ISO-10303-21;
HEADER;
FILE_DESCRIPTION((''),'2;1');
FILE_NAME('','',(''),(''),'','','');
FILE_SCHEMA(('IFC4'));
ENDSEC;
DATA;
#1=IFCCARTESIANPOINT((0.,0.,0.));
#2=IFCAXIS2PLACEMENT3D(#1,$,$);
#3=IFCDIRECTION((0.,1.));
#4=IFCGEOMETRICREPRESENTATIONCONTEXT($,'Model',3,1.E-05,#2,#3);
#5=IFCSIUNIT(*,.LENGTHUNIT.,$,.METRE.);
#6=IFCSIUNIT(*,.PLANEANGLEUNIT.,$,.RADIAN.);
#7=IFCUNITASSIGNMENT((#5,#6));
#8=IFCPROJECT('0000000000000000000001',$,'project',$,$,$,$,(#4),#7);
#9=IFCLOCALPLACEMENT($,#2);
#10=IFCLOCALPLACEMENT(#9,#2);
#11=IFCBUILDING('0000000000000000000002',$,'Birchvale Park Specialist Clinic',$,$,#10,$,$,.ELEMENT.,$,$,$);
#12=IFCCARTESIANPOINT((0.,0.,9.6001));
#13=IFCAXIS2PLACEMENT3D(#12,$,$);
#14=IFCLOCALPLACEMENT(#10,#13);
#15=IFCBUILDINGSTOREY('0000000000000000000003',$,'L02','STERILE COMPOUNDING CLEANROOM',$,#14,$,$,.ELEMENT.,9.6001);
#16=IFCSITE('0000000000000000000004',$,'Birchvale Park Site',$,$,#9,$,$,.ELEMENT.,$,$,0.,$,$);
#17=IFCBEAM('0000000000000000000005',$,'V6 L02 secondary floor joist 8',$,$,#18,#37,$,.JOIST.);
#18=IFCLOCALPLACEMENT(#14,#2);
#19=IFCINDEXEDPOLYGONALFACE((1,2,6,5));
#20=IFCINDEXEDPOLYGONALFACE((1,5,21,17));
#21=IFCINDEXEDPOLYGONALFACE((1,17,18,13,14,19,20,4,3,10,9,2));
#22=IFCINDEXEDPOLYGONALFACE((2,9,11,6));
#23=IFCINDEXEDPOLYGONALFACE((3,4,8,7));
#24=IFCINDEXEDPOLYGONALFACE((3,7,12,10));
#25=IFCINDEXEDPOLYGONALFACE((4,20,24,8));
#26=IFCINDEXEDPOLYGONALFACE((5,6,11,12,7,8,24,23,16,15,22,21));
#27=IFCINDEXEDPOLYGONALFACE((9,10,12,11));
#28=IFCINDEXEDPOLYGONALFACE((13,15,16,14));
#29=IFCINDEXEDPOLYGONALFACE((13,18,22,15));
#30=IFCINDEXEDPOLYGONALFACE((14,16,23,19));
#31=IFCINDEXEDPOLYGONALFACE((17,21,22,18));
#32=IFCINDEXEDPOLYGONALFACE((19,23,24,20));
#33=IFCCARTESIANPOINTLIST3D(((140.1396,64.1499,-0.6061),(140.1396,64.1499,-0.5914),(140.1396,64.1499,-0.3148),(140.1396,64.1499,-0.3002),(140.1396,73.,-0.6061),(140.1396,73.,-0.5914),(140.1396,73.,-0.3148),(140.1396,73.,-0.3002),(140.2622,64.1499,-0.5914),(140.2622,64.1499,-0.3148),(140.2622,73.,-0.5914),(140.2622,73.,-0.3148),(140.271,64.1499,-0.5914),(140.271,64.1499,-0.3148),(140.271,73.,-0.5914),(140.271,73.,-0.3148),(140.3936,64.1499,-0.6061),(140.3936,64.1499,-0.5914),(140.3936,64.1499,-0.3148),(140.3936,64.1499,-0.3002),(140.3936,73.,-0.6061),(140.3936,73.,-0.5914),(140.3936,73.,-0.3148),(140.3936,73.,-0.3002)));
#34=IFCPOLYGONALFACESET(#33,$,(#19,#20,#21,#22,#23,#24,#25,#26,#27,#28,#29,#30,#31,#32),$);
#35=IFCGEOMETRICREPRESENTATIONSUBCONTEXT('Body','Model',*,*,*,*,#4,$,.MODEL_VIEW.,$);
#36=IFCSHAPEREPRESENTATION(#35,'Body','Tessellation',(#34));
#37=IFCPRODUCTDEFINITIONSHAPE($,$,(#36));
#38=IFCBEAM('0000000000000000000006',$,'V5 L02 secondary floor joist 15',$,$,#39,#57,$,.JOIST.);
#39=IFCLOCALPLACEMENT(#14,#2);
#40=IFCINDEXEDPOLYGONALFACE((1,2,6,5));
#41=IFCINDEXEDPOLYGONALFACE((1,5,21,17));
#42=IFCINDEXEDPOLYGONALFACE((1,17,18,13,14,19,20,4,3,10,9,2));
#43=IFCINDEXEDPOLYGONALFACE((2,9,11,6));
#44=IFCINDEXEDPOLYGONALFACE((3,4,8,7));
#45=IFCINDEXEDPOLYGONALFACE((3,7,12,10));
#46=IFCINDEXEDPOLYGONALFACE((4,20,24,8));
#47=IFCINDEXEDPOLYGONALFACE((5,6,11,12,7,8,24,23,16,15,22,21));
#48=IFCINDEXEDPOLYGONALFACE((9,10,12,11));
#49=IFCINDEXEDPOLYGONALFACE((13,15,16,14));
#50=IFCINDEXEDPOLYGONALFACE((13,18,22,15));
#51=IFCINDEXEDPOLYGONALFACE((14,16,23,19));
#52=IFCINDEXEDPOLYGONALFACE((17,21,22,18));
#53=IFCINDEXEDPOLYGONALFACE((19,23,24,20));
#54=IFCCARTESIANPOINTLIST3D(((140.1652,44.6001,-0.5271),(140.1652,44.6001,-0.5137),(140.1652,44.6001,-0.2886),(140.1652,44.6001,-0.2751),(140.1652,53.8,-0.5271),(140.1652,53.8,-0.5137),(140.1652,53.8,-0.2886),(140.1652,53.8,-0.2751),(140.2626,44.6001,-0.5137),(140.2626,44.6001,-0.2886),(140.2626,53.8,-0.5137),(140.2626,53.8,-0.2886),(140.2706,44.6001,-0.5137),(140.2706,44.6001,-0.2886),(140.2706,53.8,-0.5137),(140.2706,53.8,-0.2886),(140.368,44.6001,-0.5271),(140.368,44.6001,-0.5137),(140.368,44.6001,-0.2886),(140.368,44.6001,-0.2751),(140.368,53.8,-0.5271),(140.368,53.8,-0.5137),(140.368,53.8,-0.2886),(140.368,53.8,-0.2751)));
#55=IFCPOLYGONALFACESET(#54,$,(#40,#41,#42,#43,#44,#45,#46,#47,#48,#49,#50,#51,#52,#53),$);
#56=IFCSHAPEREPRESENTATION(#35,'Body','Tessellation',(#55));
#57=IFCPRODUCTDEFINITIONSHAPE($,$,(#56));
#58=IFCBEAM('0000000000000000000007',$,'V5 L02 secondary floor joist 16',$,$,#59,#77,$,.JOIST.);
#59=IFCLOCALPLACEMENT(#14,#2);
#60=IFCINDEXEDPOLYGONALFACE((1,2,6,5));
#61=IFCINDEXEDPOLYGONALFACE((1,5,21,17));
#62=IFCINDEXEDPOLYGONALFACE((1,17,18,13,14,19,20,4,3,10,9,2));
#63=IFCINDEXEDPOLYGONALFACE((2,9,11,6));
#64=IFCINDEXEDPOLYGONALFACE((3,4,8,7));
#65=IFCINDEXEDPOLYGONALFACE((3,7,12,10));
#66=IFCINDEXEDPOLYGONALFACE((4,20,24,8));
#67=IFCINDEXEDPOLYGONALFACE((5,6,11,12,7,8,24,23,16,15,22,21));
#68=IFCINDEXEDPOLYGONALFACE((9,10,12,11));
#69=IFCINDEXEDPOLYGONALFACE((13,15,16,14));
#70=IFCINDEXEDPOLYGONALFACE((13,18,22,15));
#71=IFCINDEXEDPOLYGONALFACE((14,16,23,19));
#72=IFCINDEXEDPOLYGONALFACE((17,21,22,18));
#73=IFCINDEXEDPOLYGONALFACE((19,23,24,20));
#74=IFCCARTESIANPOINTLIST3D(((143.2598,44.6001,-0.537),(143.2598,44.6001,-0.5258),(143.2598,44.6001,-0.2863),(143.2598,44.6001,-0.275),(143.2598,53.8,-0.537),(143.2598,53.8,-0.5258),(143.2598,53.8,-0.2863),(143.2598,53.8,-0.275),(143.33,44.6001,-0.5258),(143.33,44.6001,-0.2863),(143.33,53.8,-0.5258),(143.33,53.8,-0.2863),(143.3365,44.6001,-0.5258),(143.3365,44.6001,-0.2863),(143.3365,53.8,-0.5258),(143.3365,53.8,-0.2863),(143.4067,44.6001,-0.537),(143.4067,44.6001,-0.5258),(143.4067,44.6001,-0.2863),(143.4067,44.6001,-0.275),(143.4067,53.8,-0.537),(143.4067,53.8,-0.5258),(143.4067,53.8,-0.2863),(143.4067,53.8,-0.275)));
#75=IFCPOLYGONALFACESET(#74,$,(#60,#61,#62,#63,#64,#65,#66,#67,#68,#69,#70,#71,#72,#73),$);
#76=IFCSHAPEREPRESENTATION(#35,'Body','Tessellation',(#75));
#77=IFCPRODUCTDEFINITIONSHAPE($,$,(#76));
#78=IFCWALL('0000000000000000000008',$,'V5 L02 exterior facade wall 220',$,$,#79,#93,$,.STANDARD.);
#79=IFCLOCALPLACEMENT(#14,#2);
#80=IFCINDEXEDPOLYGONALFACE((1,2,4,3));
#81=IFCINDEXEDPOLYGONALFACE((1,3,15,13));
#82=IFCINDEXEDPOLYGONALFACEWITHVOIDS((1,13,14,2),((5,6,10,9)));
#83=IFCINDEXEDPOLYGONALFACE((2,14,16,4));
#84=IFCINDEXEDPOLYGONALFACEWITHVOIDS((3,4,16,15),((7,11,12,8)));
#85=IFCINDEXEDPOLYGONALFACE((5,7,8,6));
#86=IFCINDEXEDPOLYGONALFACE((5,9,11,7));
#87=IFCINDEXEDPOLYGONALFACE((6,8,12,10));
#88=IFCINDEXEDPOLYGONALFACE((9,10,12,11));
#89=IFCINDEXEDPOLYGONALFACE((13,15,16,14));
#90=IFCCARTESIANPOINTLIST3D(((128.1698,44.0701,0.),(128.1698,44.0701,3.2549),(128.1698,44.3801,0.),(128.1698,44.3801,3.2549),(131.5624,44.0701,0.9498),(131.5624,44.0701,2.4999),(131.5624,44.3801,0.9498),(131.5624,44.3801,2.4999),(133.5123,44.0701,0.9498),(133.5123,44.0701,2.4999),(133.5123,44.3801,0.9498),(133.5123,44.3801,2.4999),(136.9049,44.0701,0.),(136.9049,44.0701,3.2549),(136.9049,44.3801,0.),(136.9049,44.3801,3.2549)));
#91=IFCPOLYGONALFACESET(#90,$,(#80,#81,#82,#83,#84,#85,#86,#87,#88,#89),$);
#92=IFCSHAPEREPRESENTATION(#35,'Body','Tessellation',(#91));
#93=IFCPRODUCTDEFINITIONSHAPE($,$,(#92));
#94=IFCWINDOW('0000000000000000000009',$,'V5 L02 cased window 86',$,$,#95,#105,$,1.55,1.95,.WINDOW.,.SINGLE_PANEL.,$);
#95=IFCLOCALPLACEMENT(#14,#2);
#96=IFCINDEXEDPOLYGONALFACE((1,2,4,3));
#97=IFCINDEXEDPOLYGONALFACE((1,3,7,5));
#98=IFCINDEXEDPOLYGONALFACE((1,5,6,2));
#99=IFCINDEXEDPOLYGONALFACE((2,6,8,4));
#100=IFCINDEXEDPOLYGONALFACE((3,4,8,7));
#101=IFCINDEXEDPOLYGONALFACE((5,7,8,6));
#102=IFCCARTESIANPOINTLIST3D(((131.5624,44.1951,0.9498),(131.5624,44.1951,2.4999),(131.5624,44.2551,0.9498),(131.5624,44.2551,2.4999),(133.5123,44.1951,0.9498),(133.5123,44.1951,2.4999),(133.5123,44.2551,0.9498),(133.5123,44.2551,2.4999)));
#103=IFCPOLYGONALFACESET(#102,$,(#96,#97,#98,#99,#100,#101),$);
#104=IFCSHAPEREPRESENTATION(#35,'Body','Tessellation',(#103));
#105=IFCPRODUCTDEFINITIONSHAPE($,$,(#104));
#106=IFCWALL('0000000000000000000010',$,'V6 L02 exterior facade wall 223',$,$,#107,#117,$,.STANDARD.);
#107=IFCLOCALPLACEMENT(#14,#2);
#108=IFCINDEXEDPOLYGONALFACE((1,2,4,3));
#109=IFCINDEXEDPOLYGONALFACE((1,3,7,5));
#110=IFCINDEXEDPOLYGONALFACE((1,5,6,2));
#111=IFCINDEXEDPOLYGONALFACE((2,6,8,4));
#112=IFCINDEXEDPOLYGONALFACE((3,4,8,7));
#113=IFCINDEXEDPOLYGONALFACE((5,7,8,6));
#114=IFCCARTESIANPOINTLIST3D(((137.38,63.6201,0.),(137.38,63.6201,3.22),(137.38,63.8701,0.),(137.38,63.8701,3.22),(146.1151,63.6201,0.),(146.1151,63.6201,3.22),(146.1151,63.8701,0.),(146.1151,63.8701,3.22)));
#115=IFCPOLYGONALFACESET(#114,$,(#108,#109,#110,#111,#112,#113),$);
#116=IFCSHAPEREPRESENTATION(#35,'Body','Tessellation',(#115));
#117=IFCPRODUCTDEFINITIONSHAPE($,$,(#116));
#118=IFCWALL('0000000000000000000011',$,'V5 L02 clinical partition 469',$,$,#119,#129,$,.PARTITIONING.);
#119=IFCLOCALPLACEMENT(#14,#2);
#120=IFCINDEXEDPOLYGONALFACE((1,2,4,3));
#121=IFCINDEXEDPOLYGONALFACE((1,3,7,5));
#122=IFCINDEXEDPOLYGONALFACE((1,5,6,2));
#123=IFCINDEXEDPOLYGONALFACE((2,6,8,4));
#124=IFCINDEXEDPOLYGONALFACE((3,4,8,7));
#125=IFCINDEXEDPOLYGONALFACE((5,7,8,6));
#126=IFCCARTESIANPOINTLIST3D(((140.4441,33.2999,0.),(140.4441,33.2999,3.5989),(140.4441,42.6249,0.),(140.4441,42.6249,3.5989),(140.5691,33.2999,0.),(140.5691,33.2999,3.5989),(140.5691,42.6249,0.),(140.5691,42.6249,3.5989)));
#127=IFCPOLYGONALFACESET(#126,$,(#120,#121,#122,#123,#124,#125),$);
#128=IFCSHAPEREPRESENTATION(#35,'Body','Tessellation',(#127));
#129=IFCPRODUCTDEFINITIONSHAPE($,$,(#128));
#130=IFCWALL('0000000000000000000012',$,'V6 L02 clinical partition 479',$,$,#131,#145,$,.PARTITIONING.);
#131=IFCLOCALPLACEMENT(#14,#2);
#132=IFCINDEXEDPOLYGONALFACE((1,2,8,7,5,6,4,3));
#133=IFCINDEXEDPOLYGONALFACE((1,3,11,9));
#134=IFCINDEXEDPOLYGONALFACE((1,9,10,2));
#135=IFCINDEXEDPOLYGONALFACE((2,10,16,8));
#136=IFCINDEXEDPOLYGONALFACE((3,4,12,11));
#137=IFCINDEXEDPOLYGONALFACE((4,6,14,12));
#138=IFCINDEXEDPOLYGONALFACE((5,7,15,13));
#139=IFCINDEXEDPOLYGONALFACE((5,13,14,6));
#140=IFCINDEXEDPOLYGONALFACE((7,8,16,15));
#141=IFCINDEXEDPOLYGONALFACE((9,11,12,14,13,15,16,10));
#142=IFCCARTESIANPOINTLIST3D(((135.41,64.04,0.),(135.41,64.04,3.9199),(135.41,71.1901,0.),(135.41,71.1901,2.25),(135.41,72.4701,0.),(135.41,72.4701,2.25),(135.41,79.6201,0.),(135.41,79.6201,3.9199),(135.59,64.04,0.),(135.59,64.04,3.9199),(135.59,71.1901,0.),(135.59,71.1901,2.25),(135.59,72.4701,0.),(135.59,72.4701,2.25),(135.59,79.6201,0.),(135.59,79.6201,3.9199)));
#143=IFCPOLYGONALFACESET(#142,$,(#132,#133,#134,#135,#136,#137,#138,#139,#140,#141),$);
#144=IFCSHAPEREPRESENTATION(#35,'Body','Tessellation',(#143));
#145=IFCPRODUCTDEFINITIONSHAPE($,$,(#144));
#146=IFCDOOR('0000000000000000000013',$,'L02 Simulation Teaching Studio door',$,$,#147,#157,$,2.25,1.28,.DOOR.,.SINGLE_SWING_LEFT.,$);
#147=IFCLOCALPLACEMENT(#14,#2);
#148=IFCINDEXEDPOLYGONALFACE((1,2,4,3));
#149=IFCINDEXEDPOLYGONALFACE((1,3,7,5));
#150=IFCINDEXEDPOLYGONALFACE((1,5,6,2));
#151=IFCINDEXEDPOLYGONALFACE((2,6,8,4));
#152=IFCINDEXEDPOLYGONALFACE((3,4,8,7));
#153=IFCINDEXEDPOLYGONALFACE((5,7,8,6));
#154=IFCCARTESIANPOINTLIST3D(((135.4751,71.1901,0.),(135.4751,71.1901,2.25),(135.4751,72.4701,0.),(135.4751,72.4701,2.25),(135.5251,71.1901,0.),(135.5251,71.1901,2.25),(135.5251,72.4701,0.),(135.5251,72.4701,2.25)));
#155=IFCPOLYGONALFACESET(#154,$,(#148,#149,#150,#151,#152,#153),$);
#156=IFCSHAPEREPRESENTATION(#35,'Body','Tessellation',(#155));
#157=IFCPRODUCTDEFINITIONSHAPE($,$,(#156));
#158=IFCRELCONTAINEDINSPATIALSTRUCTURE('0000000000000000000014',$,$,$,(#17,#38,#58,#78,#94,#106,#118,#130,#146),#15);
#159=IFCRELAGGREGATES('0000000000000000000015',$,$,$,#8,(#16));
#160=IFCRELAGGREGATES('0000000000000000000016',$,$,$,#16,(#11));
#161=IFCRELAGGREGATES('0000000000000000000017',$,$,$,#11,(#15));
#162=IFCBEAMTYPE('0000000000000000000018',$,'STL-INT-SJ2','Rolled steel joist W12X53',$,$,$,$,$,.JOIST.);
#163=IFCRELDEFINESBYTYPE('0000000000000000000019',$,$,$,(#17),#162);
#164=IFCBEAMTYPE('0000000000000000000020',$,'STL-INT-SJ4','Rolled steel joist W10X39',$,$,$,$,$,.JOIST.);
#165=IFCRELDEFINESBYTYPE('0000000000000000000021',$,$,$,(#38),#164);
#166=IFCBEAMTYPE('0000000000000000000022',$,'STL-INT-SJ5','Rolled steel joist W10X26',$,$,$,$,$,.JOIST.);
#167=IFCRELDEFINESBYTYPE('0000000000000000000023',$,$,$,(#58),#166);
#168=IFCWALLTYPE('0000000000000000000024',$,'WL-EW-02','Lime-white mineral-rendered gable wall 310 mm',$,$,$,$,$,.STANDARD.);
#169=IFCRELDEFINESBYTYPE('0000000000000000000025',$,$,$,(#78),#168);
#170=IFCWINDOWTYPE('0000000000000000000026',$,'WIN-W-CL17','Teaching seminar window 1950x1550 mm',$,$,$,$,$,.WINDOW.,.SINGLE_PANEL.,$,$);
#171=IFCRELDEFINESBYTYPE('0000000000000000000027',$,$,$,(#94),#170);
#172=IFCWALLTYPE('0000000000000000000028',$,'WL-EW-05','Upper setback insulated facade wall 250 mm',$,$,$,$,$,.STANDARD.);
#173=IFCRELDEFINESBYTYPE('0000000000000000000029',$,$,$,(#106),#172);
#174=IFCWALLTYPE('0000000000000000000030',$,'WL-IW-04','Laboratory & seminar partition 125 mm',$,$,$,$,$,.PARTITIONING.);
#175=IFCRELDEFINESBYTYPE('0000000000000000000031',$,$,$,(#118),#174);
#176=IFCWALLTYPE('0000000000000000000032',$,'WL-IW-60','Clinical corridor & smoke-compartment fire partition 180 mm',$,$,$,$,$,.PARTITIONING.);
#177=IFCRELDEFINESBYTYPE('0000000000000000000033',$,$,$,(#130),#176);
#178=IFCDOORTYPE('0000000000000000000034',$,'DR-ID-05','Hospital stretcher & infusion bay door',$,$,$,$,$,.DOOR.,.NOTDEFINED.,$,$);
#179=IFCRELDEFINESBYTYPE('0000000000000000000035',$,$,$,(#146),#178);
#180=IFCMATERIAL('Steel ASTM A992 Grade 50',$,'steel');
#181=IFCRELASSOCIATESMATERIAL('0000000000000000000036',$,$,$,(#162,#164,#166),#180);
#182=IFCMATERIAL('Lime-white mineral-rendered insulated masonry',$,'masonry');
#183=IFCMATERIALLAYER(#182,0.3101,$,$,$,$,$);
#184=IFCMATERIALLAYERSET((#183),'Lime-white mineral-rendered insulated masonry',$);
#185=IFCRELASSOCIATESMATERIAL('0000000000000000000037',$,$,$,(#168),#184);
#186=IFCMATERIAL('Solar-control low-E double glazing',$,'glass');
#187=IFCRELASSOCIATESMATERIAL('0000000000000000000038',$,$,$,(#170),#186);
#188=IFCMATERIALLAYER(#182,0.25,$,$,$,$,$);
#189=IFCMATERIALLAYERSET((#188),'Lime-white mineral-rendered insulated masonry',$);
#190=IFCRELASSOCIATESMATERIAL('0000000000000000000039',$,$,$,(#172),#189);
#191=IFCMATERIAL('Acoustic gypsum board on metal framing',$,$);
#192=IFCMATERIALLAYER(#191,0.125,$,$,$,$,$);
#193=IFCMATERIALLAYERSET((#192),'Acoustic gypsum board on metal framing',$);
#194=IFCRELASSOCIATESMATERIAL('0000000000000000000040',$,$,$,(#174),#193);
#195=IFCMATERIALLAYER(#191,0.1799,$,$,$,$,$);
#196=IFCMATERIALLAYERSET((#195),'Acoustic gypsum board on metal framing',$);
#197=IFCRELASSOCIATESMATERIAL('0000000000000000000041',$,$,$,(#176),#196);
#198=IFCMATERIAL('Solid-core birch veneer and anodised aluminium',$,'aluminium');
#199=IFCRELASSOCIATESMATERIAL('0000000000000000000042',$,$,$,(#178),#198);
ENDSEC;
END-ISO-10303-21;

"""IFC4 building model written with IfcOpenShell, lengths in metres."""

from ifc_helpers import new_model, si_unit, direction, frame, frame_2d, origin, origin_2d, place, context, subcontext, project, spatial, rectangle, i_section, extrude, material, layer, layer_set, material_profile, profile_set, type_object, element, fill, save


model = new_model("IFC4")

# Units and contexts
model_context = context("Model", 3, precision=1e-05, world=origin(), true_north=direction((0.0, 1.0)))
body_context = subcontext(model_context, "Body", "Model", "MODEL_VIEW")
ifc_project = project(units=[si_unit("LENGTHUNIT", "METRE"), si_unit("PLANEANGLEUNIT", "RADIAN")], contexts=[model_context])

# Site, building, storey
site_placement = place(None, origin())
site = spatial("IfcSite", under=ifc_project, at=site_placement, Name="Birchvale Park Site", CompositionType="ELEMENT", RefElevation=0.0)
building_placement = place(site_placement, origin())
building = spatial("IfcBuilding", under=site, at=building_placement, Name="Birchvale Park Specialist Clinic", CompositionType="ELEMENT")
storey_placement = place(building_placement, frame((0.0, 0.0, 9.6001)))
storey = spatial("IfcBuildingStorey", under=building, at=storey_placement, Name="L02", Description="STERILE COMPOUNDING CLEANROOM", CompositionType="ELEMENT", Elevation=9.6001)

# Beams
ifc_material_1 = material(Name="Steel ASTM A992 Grade 50", Category="steel")
ifc_material_profile_1 = material_profile(ifc_material_1, i_section(OverallWidth=0.2539, OverallDepth=0.3059, WebThickness=0.0088, FlangeThickness=0.0146, at=origin_2d()), Name="W12X53")
ifc_profile_set_1 = profile_set([ifc_material_profile_1], Name="Steel ASTM A992 Grade 50")
beam_type_1 = type_object("IfcBeamType", Name="STL-INT-SJ2", Description="Rolled steel joist W12X53", PredefinedType="JOIST", material=ifc_profile_set_1)
beam_1_placement = place(storey_placement, frame((140.2666, 64.1499, -0.4531), z_axis=(0.0, 1.0, 0.0), x_axis=(-1.0, 0.0, 0.0)))
element("IfcBeam", 1, at=beam_1_placement, inside=storey, type_object=beam_type_1, Name="V6 L02 secondary floor joist 8", PredefinedType="JOIST", context=body_context, shape_type="SweptSolid", body=[
    extrude(i_section(OverallWidth=0.2539, OverallDepth=0.3059, WebThickness=0.0088, FlangeThickness=0.0146, at=origin_2d()), origin(), (0.0, 0.0, 1.0), 8.8501),
])
ifc_material_profile_2 = material_profile(ifc_material_1, i_section(OverallWidth=0.2029, OverallDepth=0.252, WebThickness=0.0081, FlangeThickness=0.0134, at=origin_2d()), Name="W10X39")
ifc_profile_set_2 = profile_set([ifc_material_profile_2], Name="Steel ASTM A992 Grade 50")
beam_type_2 = type_object("IfcBeamType", Name="STL-INT-SJ4", Description="Rolled steel joist W10X39", PredefinedType="JOIST", material=ifc_profile_set_2)
beam_2_placement = place(storey_placement, frame((140.2666, 44.6001, -0.4011), z_axis=(0.0, 1.0, 0.0), x_axis=(-1.0, 0.0, 0.0)))
element("IfcBeam", 2, at=beam_2_placement, inside=storey, type_object=beam_type_2, Name="V5 L02 secondary floor joist 15", PredefinedType="JOIST", context=body_context, shape_type="SweptSolid", body=[
    extrude(i_section(OverallWidth=0.2029, OverallDepth=0.252, WebThickness=0.0081, FlangeThickness=0.0134, at=origin_2d()), origin(), (0.0, 0.0, 1.0), 9.2),
])
ifc_material_profile_3 = material_profile(ifc_material_1, i_section(OverallWidth=0.147, OverallDepth=0.262, WebThickness=0.0066, FlangeThickness=0.0112, at=origin_2d()), Name="W10X26")
ifc_profile_set_3 = profile_set([ifc_material_profile_3], Name="Steel ASTM A992 Grade 50")
beam_type_3 = type_object("IfcBeamType", Name="STL-INT-SJ5", Description="Rolled steel joist W10X26", PredefinedType="JOIST", material=ifc_profile_set_3)
beam_3_placement = place(storey_placement, frame((143.3333, 44.6001, -0.406), z_axis=(0.0, 1.0, 0.0), x_axis=(-1.0, 0.0, 0.0)))
element("IfcBeam", 3, at=beam_3_placement, inside=storey, type_object=beam_type_3, Name="V5 L02 secondary floor joist 16", PredefinedType="JOIST", context=body_context, shape_type="SweptSolid", body=[
    extrude(i_section(OverallWidth=0.147, OverallDepth=0.262, WebThickness=0.0066, FlangeThickness=0.0112, at=origin_2d()), origin(), (0.0, 0.0, 1.0), 9.2),
])

# Wall, opening, window
ifc_material_2 = material(Name="Lime-white mineral-rendered insulated masonry", Category="masonry")
ifc_layer_1 = layer(ifc_material_2, 0.3101)
ifc_layer_set_1 = layer_set([ifc_layer_1], Name="Lime-white mineral-rendered insulated masonry")
wall_type_1 = type_object("IfcWallType", Name="WL-EW-02", Description="Lime-white mineral-rendered gable wall 310 mm", PredefinedType="STANDARD", material=ifc_layer_set_1)
wall_1_placement = place(storey_placement, frame((136.905, 44.2251, 0.0), z_axis=(0.0, 0.0, 1.0), x_axis=(-1.0, 0.0, 0.0)))
wall_1 = element("IfcWall", 4, at=wall_1_placement, inside=storey, type_object=wall_type_1, Name="V5 L02 exterior facade wall 220", PredefinedType="STANDARD", context=body_context, shape_type="SweptSolid", body=[
    extrude(rectangle(XDim=8.7351, YDim=0.3101, at=frame_2d((4.3677, 0.0))), origin(), (0.0, 0.0, 1.0), 3.2549),
])
opening_1_placement = place(wall_1_placement, frame((3.3926, 0.0, 0.95)))
opening_1 = element("IfcOpeningElement", 5, at=opening_1_placement, cuts=wall_1, PredefinedType="OPENING", context=body_context, shape_type="SweptSolid", body=[
    extrude(rectangle(XDim=1.95, YDim=1.55, at=frame_2d((0.9751, 0.7749))), frame((0.0, 0.165, 0.0), z_axis=(0.0, -1.0, 0.0), x_axis=(1.0, 0.0, 0.0)), (0.0, 0.0, 1.0), 0.3301),
])
ifc_material_3 = material(Name="Solar-control low-E double glazing", Category="glass")
window_type = type_object("IfcWindowType", Name="WIN-W-CL17", Description="Teaching seminar window 1950x1550 mm", PartitioningType="SINGLE_PANEL", PredefinedType="WINDOW", material=ifc_material_3)
window_placement = place(opening_1_placement, origin())
window = element("IfcWindow", 6, at=window_placement, inside=storey, type_object=window_type, Name="V5 L02 cased window 86", OverallHeight=1.55, OverallWidth=1.95, PartitioningType="SINGLE_PANEL", PredefinedType="WINDOW", context=body_context, shape_type="SweptSolid", body=[
    extrude(rectangle(XDim=1.95, YDim=1.55, at=frame_2d((0.9751, 0.7749))), frame((0.0, 0.03, 0.0), z_axis=(0.0, -1.0, 0.0), x_axis=(1.0, 0.0, 0.0)), (0.0, 0.0, 1.0), 0.0601),
])
fill(opening_1, window)

# Walls
ifc_layer_2 = layer(ifc_material_2, 0.25)
ifc_layer_set_2 = layer_set([ifc_layer_2], Name="Lime-white mineral-rendered insulated masonry")
wall_type_2 = type_object("IfcWallType", Name="WL-EW-05", Description="Upper setback insulated facade wall 250 mm", PredefinedType="STANDARD", material=ifc_layer_set_2)
wall_2_placement = place(storey_placement, frame((137.3799, 63.7451, 0.0), z_axis=(0.0, 0.0, 1.0), x_axis=(1.0, 0.0, 0.0)))
element("IfcWall", 7, at=wall_2_placement, inside=storey, type_object=wall_type_2, Name="V6 L02 exterior facade wall 223", PredefinedType="STANDARD", context=body_context, shape_type="SweptSolid", body=[
    extrude(rectangle(XDim=8.7351, YDim=0.25, at=frame_2d((4.3677, 0.0))), origin(), (0.0, 0.0, 1.0), 3.22),
])
ifc_material_4 = material(Name="Acoustic gypsum board on metal framing")
ifc_layer_3 = layer(ifc_material_4, 0.125)
ifc_layer_set_3 = layer_set([ifc_layer_3], Name="Acoustic gypsum board on metal framing")
wall_type_3 = type_object("IfcWallType", Name="WL-IW-04", Description="Laboratory & seminar partition 125 mm", PredefinedType="PARTITIONING", material=ifc_layer_set_3)
wall_3_placement = place(storey_placement, frame((140.5066, 42.625, 0.0), z_axis=(0.0, 0.0, 1.0), x_axis=(0.0, -1.0, 0.0)))
element("IfcWall", 8, at=wall_3_placement, inside=storey, type_object=wall_type_3, Name="V5 L02 clinical partition 469", PredefinedType="PARTITIONING", context=body_context, shape_type="SweptSolid", body=[
    extrude(rectangle(XDim=9.325, YDim=0.125, at=frame_2d((4.6626, 0.0))), origin(), (0.0, 0.0, 1.0), 3.5989),
])

# Wall, opening, door
ifc_layer_4 = layer(ifc_material_4, 0.1799)
ifc_layer_set_4 = layer_set([ifc_layer_4], Name="Acoustic gypsum board on metal framing")
wall_type_4 = type_object("IfcWallType", Name="WL-IW-60", Description="Clinical corridor & smoke-compartment fire partition 180 mm", PredefinedType="PARTITIONING", material=ifc_layer_set_4)
wall_4_placement = place(storey_placement, frame((135.5, 64.04, 0.0), z_axis=(0.0, 0.0, 1.0), x_axis=(0.0, 1.0, 0.0)))
wall_4 = element("IfcWall", 9, at=wall_4_placement, inside=storey, type_object=wall_type_4, Name="V6 L02 clinical partition 479", PredefinedType="PARTITIONING", context=body_context, shape_type="SweptSolid", body=[
    extrude(rectangle(XDim=15.5801, YDim=0.1799, at=frame_2d((7.79, 0.0))), origin(), (0.0, 0.0, 1.0), 3.9199),
])
opening_2_placement = place(wall_4_placement, frame((7.1499, 0.0, 0.0)))
opening_2 = element("IfcOpeningElement", 10, at=opening_2_placement, cuts=wall_4, PredefinedType="OPENING", context=body_context, shape_type="SweptSolid", body=[
    extrude(rectangle(XDim=1.28, YDim=2.25, at=frame_2d((0.6401, 1.125))), frame((0.0, 0.1001, 0.0), z_axis=(0.0, -1.0, 0.0), x_axis=(1.0, 0.0, 0.0)), (0.0, 0.0, 1.0), 0.2),
])
ifc_material_5 = material(Name="Solid-core birch veneer and anodised aluminium", Category="aluminium")
door_type = type_object("IfcDoorType", Name="DR-ID-05", Description="Hospital stretcher & infusion bay door", OperationType="NOTDEFINED", PredefinedType="DOOR", material=ifc_material_5)
door_placement = place(opening_2_placement, origin())
door = element("IfcDoor", 11, at=door_placement, inside=storey, type_object=door_type, Name="L02 Simulation Teaching Studio door", OperationType="SINGLE_SWING_LEFT", OverallHeight=2.25, OverallWidth=1.28, PredefinedType="DOOR", context=body_context, shape_type="SweptSolid", body=[
    extrude(rectangle(XDim=1.28, YDim=2.25, at=frame_2d((0.6401, 1.125))), frame((0.0, 0.0249, 0.0), z_axis=(0.0, -1.0, 0.0), x_axis=(1.0, 0.0, 0.0)), (0.0, 0.0, 1.0), 0.05),
])
fill(opening_2, door)

save(model, "model.ifc")
